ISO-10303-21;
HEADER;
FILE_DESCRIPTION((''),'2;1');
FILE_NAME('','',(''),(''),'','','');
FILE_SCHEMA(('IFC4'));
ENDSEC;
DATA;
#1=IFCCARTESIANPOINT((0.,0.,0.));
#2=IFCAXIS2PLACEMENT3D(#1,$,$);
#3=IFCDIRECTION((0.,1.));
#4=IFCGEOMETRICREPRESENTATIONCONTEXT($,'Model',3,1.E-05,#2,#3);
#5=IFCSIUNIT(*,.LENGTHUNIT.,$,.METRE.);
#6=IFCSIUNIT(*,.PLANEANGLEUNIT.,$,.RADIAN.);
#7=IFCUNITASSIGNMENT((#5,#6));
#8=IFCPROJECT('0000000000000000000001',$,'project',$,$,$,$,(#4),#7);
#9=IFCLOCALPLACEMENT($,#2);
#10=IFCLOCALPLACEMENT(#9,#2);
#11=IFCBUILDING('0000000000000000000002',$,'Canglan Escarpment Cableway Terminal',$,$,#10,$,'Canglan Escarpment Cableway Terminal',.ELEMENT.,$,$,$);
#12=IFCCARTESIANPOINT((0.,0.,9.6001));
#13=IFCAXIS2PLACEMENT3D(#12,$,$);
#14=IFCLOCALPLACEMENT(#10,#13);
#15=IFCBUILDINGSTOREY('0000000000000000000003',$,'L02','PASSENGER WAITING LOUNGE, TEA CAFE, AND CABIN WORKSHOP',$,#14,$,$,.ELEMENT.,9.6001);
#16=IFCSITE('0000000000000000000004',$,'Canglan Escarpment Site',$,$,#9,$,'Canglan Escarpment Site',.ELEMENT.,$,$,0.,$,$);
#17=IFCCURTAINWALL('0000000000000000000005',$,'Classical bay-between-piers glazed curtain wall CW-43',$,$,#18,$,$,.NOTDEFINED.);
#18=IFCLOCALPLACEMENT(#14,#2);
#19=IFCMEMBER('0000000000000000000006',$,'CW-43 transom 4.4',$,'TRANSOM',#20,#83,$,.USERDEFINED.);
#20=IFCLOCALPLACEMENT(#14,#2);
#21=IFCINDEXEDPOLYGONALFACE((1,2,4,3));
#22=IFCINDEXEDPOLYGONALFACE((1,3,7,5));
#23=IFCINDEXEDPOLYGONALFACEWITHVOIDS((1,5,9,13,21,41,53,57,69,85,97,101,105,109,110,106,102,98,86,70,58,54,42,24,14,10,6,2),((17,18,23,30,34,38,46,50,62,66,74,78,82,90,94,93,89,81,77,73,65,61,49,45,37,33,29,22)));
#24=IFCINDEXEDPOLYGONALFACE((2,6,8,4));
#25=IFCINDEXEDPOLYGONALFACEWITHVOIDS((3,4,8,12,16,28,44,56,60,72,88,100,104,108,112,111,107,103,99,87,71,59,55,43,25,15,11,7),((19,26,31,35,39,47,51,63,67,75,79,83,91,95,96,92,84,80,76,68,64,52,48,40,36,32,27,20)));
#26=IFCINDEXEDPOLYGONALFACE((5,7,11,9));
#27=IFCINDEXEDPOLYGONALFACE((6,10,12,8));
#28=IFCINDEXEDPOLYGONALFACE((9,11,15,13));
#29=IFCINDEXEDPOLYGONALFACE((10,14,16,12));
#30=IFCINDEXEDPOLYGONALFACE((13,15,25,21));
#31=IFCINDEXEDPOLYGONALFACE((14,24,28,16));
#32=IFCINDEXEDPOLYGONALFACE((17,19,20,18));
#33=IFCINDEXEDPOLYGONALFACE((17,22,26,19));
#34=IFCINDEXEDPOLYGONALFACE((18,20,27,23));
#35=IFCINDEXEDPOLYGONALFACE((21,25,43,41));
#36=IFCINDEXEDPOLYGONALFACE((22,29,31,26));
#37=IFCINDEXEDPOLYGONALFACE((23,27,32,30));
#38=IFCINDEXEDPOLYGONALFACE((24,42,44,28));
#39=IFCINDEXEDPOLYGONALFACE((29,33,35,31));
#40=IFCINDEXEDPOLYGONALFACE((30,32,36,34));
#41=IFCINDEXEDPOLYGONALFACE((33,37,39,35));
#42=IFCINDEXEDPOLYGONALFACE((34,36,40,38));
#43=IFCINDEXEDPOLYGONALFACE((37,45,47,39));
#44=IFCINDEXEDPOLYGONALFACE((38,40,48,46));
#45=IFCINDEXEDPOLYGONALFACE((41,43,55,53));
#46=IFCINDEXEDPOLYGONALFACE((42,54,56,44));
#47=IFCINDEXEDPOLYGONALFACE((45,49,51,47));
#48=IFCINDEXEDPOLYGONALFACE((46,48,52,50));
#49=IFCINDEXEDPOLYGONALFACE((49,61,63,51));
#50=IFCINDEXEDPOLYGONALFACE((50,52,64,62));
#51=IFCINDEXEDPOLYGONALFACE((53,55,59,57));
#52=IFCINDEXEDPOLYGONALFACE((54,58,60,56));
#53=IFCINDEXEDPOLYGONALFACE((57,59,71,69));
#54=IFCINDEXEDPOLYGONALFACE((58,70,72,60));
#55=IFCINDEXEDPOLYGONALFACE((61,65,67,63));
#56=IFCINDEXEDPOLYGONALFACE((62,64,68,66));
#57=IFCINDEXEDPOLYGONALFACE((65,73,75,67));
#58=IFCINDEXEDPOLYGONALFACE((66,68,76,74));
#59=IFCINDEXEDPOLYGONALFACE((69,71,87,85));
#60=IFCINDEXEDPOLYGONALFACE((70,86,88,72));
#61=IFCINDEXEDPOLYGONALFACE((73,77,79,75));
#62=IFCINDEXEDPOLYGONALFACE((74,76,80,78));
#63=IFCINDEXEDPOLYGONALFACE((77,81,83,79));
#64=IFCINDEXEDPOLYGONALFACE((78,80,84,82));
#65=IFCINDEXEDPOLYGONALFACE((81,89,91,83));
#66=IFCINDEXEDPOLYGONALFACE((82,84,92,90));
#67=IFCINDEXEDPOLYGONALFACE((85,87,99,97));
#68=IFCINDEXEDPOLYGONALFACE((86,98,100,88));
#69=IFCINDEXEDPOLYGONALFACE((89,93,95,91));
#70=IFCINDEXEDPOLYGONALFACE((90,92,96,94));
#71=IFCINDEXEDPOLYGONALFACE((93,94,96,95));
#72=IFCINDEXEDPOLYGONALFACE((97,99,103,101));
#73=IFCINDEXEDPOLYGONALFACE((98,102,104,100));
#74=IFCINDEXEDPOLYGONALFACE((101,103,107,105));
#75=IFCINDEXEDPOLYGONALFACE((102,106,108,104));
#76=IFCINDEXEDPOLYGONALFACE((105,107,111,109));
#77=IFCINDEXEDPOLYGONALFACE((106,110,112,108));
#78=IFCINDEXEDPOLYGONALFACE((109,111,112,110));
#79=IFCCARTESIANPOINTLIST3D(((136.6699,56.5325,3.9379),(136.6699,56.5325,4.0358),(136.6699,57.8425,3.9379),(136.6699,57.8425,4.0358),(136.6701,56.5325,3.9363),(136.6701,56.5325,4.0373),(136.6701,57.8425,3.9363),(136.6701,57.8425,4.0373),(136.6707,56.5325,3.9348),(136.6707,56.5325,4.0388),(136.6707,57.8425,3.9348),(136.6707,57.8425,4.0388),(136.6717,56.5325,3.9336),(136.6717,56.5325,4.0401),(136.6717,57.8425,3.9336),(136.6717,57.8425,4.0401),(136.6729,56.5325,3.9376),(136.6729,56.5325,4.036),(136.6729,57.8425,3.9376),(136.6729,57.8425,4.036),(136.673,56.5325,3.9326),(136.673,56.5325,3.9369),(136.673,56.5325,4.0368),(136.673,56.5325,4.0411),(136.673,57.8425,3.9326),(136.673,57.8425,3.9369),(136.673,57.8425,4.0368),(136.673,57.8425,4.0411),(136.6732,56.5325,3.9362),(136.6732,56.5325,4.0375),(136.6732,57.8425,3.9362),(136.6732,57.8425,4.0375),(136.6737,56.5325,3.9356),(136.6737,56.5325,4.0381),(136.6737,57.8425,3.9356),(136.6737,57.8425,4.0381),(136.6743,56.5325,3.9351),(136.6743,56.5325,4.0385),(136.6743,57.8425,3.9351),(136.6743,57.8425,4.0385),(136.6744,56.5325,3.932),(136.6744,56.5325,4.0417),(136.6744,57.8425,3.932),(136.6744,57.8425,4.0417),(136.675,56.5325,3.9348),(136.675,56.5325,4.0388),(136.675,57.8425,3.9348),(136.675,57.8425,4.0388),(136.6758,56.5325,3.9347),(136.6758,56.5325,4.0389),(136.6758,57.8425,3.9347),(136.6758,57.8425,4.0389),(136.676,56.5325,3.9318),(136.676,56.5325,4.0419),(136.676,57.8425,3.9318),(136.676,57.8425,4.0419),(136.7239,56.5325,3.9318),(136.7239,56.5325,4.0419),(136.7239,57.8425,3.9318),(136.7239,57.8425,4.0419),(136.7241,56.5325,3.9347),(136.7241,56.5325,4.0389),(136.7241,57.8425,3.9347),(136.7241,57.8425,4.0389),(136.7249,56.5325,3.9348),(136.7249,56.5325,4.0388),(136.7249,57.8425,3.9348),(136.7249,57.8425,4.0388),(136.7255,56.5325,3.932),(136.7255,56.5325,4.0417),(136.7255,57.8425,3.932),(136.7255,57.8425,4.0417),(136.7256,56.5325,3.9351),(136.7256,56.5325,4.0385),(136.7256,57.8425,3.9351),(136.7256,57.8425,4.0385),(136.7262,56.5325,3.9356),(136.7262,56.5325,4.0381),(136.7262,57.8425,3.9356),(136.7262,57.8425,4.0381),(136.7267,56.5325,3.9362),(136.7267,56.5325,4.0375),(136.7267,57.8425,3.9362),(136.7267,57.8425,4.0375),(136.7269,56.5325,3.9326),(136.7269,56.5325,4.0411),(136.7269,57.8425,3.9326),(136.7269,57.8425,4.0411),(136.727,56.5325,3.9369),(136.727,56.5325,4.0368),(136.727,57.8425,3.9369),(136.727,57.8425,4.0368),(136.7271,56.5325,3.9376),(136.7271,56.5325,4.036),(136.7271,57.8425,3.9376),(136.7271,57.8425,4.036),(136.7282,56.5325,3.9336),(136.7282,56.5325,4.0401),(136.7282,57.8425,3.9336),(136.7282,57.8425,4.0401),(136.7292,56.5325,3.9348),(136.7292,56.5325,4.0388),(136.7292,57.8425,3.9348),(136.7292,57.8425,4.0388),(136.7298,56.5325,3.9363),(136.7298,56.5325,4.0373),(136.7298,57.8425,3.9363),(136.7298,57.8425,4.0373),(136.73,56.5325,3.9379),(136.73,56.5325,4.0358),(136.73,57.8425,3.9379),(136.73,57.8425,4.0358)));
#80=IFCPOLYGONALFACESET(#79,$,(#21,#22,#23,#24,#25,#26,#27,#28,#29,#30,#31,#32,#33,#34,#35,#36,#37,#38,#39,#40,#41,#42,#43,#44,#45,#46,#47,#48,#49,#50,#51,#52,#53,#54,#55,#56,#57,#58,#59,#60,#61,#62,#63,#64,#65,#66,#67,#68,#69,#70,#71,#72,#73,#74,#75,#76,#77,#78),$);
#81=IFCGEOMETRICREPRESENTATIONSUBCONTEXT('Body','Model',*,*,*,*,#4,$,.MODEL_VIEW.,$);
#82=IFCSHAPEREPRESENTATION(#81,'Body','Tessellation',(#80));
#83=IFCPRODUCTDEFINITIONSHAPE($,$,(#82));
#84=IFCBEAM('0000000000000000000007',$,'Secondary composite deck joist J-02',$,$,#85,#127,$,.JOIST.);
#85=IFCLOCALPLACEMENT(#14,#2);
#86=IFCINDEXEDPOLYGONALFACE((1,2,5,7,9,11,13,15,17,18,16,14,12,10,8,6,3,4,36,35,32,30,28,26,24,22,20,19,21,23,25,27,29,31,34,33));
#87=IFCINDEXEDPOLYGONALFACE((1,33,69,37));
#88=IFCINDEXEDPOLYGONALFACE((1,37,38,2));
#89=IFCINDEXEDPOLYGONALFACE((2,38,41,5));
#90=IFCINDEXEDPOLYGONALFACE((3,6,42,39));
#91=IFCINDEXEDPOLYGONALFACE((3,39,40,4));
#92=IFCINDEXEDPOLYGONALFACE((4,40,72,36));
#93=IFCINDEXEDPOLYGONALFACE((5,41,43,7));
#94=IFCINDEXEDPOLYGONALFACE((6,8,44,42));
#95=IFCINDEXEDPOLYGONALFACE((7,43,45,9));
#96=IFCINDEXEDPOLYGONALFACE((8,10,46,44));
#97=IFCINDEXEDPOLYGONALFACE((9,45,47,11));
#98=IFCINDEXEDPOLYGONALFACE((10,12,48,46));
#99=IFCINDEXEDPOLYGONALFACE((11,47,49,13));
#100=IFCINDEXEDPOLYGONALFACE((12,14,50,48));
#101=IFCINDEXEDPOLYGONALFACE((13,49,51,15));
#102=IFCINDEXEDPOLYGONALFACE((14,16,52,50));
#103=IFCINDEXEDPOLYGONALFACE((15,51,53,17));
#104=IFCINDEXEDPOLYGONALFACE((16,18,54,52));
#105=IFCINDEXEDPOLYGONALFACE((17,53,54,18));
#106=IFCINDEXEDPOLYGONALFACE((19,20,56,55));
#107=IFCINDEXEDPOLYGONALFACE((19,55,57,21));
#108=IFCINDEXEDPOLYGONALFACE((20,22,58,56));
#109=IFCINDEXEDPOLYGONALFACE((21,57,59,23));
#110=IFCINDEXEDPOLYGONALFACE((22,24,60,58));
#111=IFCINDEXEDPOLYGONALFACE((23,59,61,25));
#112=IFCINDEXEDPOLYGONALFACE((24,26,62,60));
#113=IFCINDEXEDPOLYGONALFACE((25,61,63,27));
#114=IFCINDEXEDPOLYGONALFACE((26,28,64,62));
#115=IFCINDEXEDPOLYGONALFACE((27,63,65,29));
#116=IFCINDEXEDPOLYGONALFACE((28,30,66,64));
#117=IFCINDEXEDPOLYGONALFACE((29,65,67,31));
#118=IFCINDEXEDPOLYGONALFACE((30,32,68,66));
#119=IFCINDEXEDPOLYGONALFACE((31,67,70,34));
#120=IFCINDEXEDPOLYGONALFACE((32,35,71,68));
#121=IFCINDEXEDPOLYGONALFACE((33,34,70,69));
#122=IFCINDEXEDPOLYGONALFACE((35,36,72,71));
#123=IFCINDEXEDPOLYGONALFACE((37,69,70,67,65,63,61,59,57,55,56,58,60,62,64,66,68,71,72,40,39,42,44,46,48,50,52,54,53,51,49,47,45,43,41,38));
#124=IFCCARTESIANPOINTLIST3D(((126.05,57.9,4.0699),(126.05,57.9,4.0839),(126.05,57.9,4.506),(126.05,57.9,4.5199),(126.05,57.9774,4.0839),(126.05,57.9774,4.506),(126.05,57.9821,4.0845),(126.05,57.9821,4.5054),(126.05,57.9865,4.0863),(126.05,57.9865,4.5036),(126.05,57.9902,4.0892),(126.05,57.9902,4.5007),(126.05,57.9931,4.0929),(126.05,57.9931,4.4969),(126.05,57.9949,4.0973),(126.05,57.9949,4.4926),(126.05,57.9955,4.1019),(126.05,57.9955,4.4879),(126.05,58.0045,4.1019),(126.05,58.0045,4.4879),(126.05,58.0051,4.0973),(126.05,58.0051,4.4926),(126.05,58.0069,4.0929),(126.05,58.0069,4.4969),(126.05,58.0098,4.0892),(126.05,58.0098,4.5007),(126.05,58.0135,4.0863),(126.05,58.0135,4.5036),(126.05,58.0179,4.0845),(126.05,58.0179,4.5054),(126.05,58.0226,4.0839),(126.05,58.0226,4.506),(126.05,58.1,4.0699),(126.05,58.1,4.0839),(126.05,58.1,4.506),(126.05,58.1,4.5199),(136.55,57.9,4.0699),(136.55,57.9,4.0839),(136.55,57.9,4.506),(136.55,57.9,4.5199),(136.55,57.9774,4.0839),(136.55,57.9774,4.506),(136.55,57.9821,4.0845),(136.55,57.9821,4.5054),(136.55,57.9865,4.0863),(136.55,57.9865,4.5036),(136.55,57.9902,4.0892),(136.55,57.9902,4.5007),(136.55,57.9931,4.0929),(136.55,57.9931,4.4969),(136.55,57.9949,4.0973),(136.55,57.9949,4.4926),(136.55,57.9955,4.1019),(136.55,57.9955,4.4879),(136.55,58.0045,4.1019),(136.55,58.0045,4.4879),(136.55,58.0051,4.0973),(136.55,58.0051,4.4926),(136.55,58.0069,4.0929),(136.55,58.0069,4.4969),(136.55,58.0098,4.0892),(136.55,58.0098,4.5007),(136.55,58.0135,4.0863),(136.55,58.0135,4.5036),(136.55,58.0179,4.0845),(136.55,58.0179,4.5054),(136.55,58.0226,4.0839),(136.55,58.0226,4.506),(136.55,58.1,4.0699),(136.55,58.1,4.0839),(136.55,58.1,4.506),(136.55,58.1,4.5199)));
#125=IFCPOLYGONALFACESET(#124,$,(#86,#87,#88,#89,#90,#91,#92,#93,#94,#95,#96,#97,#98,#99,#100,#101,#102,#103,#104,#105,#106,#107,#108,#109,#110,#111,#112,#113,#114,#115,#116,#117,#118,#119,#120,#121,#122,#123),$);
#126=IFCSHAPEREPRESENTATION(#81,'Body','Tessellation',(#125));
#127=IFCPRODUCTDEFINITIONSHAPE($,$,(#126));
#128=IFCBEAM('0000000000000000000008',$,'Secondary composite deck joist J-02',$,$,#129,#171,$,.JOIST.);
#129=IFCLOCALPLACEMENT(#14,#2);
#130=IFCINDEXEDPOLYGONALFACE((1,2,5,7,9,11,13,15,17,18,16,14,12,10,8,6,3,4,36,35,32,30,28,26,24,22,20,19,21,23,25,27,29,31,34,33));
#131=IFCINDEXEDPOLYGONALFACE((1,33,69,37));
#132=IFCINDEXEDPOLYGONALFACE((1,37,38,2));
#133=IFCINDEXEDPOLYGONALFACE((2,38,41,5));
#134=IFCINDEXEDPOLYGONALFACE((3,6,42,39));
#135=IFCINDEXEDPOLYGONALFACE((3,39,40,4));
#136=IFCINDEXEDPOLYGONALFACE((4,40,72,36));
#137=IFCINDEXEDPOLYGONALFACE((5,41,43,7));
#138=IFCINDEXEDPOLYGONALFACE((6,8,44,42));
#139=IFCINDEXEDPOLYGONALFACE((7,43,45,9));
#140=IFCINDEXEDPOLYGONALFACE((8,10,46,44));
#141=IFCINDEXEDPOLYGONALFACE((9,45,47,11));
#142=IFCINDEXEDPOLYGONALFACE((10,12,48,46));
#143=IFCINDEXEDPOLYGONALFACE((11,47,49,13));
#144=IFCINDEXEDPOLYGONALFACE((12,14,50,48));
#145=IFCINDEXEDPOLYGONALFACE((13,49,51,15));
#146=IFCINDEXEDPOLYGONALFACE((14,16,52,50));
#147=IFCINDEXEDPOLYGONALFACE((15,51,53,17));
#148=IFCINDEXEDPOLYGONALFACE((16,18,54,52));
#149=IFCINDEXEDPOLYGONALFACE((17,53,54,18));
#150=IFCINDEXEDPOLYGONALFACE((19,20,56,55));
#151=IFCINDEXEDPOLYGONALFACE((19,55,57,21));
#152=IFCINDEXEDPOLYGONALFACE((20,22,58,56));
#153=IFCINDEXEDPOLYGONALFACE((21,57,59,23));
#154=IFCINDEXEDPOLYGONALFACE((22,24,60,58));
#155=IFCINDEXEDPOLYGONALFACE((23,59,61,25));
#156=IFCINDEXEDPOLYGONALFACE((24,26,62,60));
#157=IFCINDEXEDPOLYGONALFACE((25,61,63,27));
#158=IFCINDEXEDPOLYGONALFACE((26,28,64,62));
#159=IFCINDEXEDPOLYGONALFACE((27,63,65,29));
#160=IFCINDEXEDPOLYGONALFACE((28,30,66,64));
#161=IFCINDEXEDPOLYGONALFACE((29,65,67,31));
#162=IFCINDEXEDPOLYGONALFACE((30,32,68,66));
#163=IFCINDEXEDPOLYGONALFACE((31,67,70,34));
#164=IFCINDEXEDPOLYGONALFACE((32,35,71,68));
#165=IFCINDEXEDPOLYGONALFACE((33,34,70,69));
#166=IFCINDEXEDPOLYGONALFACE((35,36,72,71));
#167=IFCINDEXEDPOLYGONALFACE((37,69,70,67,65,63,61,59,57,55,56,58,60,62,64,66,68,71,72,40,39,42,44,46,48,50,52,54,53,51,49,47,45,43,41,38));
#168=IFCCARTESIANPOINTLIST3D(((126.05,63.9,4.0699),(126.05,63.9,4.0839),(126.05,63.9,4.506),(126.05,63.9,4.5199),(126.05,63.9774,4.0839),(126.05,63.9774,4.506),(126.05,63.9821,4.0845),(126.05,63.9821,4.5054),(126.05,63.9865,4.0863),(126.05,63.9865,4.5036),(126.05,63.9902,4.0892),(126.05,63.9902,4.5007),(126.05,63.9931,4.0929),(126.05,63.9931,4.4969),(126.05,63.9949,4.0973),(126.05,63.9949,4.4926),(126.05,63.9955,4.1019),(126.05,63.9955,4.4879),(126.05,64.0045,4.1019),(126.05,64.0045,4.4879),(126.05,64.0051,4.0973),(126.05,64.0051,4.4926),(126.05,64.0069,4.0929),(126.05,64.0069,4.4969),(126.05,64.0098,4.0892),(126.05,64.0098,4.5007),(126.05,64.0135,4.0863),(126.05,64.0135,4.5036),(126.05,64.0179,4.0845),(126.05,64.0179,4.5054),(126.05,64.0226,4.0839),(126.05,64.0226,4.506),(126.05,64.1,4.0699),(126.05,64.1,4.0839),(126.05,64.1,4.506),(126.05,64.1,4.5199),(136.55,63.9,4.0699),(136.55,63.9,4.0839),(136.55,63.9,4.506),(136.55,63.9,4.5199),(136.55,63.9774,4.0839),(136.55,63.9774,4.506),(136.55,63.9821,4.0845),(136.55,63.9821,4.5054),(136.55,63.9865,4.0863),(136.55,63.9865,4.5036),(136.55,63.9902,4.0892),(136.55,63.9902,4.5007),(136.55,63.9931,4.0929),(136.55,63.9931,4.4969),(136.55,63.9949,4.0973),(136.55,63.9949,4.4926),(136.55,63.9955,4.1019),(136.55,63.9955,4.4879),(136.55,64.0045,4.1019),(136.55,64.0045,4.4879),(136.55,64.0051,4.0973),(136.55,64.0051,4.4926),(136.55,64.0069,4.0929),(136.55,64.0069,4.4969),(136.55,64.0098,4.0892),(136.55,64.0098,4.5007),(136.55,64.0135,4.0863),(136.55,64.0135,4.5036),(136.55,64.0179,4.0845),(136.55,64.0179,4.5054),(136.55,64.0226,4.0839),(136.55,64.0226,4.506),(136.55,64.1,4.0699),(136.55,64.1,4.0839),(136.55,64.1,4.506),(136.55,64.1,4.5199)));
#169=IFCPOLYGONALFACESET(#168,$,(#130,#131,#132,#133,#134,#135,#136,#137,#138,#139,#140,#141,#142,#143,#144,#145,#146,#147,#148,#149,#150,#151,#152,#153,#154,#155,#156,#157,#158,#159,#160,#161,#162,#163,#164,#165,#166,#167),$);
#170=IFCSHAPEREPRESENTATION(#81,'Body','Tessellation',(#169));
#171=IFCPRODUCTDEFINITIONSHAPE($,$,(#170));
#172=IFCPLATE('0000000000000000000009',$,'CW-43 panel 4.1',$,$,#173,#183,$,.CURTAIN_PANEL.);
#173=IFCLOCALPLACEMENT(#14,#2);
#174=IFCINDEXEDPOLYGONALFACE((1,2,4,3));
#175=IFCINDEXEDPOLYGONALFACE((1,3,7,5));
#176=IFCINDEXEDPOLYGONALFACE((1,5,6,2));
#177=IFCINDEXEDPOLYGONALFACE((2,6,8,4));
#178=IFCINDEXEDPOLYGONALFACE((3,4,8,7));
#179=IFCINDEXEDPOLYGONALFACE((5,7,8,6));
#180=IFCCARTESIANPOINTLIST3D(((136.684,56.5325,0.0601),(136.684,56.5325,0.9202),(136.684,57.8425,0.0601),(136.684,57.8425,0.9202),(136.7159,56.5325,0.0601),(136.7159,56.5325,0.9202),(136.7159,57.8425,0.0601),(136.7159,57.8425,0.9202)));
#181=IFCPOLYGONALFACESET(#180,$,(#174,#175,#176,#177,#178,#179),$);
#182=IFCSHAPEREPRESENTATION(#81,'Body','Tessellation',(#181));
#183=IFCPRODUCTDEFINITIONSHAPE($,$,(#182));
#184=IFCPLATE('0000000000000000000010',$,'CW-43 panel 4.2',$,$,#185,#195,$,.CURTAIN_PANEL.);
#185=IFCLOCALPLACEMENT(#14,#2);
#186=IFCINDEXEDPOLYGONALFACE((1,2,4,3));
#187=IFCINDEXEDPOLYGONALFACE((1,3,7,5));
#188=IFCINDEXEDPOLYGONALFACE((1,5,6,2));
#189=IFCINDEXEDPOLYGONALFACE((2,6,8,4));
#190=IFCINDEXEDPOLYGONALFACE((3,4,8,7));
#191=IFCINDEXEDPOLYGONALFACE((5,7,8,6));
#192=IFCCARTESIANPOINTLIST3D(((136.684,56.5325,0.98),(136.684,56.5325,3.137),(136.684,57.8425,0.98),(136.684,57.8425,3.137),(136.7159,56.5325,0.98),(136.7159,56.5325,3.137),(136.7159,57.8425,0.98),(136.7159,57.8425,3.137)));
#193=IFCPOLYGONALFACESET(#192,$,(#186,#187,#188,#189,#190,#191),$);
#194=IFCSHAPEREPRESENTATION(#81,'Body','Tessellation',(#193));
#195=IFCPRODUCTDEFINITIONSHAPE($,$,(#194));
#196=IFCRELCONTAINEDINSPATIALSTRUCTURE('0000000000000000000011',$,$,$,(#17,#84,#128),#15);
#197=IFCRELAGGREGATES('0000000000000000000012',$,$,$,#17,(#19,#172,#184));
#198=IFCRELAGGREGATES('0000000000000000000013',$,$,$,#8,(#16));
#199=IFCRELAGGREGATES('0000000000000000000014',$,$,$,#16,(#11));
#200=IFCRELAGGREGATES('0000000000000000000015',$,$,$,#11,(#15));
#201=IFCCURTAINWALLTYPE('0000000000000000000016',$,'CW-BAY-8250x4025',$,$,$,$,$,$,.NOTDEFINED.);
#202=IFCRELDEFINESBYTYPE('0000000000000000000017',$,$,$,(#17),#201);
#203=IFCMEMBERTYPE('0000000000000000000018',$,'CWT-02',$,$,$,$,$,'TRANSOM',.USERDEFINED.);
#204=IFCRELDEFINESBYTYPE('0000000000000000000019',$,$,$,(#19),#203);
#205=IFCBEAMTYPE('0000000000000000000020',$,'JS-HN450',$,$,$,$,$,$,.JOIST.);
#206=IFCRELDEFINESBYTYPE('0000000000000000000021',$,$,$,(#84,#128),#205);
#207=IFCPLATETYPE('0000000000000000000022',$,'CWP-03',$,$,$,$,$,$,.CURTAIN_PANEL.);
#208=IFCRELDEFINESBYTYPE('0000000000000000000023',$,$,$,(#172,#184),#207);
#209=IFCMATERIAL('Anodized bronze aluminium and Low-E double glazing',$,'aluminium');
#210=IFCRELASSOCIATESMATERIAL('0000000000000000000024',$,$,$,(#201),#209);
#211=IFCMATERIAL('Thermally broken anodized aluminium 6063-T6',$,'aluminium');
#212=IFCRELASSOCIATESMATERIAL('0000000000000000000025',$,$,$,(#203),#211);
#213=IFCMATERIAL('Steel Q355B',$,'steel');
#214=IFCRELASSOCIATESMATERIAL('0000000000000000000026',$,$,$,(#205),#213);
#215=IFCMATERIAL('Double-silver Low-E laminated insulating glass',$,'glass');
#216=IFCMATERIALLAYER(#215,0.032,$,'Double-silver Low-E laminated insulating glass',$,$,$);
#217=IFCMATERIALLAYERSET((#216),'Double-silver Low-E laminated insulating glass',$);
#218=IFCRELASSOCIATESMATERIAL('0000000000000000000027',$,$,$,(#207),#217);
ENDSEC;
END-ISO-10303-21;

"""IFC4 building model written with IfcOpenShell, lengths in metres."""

from ifc_helpers import new_model, si_unit, direction, frame, origin, origin_2d, place, context, subcontext, project, spatial, rectangle, hollow_rectangle, i_section, extrude, material, layer, layer_set, material_profile, profile_set, type_object, element, aggregate, save


model = new_model("IFC4")

# Units and contexts
model_context = context("Model", 3, precision=1e-05, world=origin(), true_north=direction((0.0, 1.0)))
body_context = subcontext(model_context, "Body", "Model", "MODEL_VIEW")
ifc_project = project(units=[si_unit("LENGTHUNIT", "METRE"), si_unit("PLANEANGLEUNIT", "RADIAN")], contexts=[model_context])

# Site, building, storey
site_placement = place(None, origin())
site = spatial("IfcSite", under=ifc_project, at=site_placement, Name="Canglan Escarpment Site", LongName="Canglan Escarpment Site", CompositionType="ELEMENT", RefElevation=0.0)
building_placement = place(site_placement, origin())
building = spatial("IfcBuilding", under=site, at=building_placement, Name="Canglan Escarpment Cableway Terminal", LongName="Canglan Escarpment Cableway Terminal", CompositionType="ELEMENT")
storey_placement = place(building_placement, frame((0.0, 0.0, 9.6001)))
storey = spatial("IfcBuildingStorey", under=building, at=storey_placement, Name="L02", Description="PASSENGER WAITING LOUNGE, TEA CAFE, AND CABIN WORKSHOP", CompositionType="ELEMENT", Elevation=9.6001)

# Shared definitions
ifc_material_1 = material(Name="Steel Q355B", Category="steel")

# Curtain wall, member
ifc_material_2 = material(Name="Anodized bronze aluminium and Low-E double glazing", Category="aluminium")
curtain_wall_type = type_object("IfcCurtainWallType", Name="CW-BAY-8250x4025", PredefinedType="NOTDEFINED", material=ifc_material_2)
curtain_wall_placement = place(storey_placement, origin())
curtain_wall = element("IfcCurtainWall", 1, at=curtain_wall_placement, inside=storey, type_object=curtain_wall_type, Name="Classical bay-between-piers glazed curtain wall CW-43", PredefinedType="NOTDEFINED")
ifc_material_3 = material(Name="Thermally broken anodized aluminium 6063-T6", Category="aluminium")
ifc_material_profile_1 = material_profile(ifc_material_3, hollow_rectangle(XDim=0.0601, YDim=0.1101, WallThickness=0.0029, InnerFilletRadius=0.0029, OuterFilletRadius=0.0061, at=origin_2d()), Name="ALU-TRAN 60x110x3")
ifc_profile_set_1 = profile_set([ifc_material_profile_1], Name="Thermally broken anodized aluminium 6063-T6")
member_type = type_object("IfcMemberType", Name="CWT-02", ElementType="TRANSOM", PredefinedType="USERDEFINED", material=ifc_profile_set_1)
member_1_placement = place(storey_placement, frame((136.7, 56.5325, 3.9868), z_axis=(0.0, 1.0, 0.0), x_axis=(-1.0, 0.0, 0.0)))
member_1 = element("IfcMember", 2, at=member_1_placement, type_object=member_type, Name="CW-43 transom 4.4", ObjectType="TRANSOM", PredefinedType="USERDEFINED", context=body_context, shape_type="SweptSolid", body=[
    extrude(hollow_rectangle(XDim=0.0601, YDim=0.1101, WallThickness=0.0029, InnerFilletRadius=0.0029, OuterFilletRadius=0.0061, at=origin_2d()), origin(), (0.0, 0.0, 1.0), 1.3101),
])

# Beams
ifc_material_profile_2 = material_profile(ifc_material_1, i_section(OverallWidth=0.2, OverallDepth=0.45, WebThickness=0.009, FlangeThickness=0.0139, FilletRadius=0.0181, at=origin_2d()), Name="HN 450x200x9x14")
ifc_profile_set_2 = profile_set([ifc_material_profile_2], Name="Steel Q355B")
beam_type_1 = type_object("IfcBeamType", Name="JS-HN450", PredefinedType="JOIST", material=ifc_profile_set_2)
for number, where, z_axis, x_axis, name in (
    (3, (126.05, 58.0, 4.2949), (1.0, 0.0, 0.0), (0.0, 1.0, 0.0), "Secondary composite deck joist J-02"),
    (4, (126.05, 64.0, 4.2949), (1.0, 0.0, 0.0), (0.0, 1.0, 0.0), "Secondary composite deck joist J-02"),
):
    element("IfcBeam", number, at=place(storey_placement, frame(where, z_axis=z_axis, x_axis=x_axis)), inside=storey, type_object=beam_type_1, Name=name, PredefinedType="JOIST", context=body_context, shape_type="SweptSolid", body=[
        extrude(i_section(OverallWidth=0.2, OverallDepth=0.45, WebThickness=0.009, FlangeThickness=0.0139, FilletRadius=0.0181, at=origin_2d()), origin(), (0.0, 0.0, 1.0), 10.5),
    ])

# Plates
ifc_material_4 = material(Name="Double-silver Low-E laminated insulating glass", Category="glass")
ifc_layer_1 = layer(ifc_material_4, 0.032, Name="Double-silver Low-E laminated insulating glass")
ifc_layer_set_1 = layer_set([ifc_layer_1], Name="Double-silver Low-E laminated insulating glass")
plate_type = type_object("IfcPlateType", Name="CWP-03", PredefinedType="CURTAIN_PANEL", material=ifc_layer_set_1)
plate_1_placement = place(storey_placement, frame((136.7, 57.1875, 0.0601), z_axis=(0.0, 0.0, 1.0), x_axis=(0.0, 1.0, 0.0)))
plate_1 = element("IfcPlate", 5, at=plate_1_placement, type_object=plate_type, Name="CW-43 panel 4.1", PredefinedType="CURTAIN_PANEL", context=body_context, shape_type="SweptSolid", body=[
    extrude(rectangle(XDim=1.3101, YDim=0.032, at=origin_2d()), origin(), (0.0, 0.0, 1.0), 0.8601),
])
plate_2_placement = place(storey_placement, frame((136.7, 57.1875, 0.98), z_axis=(0.0, 0.0, 1.0), x_axis=(0.0, 1.0, 0.0)))
plate_2 = element("IfcPlate", 6, at=plate_2_placement, type_object=plate_type, Name="CW-43 panel 4.2", PredefinedType="CURTAIN_PANEL", context=body_context, shape_type="SweptSolid", body=[
    extrude(rectangle(XDim=1.3101, YDim=0.032, at=origin_2d()), origin(), (0.0, 0.0, 1.0), 2.157),
])
aggregate(curtain_wall, [member_1, plate_1, plate_2])

save(model, "model.ifc")
